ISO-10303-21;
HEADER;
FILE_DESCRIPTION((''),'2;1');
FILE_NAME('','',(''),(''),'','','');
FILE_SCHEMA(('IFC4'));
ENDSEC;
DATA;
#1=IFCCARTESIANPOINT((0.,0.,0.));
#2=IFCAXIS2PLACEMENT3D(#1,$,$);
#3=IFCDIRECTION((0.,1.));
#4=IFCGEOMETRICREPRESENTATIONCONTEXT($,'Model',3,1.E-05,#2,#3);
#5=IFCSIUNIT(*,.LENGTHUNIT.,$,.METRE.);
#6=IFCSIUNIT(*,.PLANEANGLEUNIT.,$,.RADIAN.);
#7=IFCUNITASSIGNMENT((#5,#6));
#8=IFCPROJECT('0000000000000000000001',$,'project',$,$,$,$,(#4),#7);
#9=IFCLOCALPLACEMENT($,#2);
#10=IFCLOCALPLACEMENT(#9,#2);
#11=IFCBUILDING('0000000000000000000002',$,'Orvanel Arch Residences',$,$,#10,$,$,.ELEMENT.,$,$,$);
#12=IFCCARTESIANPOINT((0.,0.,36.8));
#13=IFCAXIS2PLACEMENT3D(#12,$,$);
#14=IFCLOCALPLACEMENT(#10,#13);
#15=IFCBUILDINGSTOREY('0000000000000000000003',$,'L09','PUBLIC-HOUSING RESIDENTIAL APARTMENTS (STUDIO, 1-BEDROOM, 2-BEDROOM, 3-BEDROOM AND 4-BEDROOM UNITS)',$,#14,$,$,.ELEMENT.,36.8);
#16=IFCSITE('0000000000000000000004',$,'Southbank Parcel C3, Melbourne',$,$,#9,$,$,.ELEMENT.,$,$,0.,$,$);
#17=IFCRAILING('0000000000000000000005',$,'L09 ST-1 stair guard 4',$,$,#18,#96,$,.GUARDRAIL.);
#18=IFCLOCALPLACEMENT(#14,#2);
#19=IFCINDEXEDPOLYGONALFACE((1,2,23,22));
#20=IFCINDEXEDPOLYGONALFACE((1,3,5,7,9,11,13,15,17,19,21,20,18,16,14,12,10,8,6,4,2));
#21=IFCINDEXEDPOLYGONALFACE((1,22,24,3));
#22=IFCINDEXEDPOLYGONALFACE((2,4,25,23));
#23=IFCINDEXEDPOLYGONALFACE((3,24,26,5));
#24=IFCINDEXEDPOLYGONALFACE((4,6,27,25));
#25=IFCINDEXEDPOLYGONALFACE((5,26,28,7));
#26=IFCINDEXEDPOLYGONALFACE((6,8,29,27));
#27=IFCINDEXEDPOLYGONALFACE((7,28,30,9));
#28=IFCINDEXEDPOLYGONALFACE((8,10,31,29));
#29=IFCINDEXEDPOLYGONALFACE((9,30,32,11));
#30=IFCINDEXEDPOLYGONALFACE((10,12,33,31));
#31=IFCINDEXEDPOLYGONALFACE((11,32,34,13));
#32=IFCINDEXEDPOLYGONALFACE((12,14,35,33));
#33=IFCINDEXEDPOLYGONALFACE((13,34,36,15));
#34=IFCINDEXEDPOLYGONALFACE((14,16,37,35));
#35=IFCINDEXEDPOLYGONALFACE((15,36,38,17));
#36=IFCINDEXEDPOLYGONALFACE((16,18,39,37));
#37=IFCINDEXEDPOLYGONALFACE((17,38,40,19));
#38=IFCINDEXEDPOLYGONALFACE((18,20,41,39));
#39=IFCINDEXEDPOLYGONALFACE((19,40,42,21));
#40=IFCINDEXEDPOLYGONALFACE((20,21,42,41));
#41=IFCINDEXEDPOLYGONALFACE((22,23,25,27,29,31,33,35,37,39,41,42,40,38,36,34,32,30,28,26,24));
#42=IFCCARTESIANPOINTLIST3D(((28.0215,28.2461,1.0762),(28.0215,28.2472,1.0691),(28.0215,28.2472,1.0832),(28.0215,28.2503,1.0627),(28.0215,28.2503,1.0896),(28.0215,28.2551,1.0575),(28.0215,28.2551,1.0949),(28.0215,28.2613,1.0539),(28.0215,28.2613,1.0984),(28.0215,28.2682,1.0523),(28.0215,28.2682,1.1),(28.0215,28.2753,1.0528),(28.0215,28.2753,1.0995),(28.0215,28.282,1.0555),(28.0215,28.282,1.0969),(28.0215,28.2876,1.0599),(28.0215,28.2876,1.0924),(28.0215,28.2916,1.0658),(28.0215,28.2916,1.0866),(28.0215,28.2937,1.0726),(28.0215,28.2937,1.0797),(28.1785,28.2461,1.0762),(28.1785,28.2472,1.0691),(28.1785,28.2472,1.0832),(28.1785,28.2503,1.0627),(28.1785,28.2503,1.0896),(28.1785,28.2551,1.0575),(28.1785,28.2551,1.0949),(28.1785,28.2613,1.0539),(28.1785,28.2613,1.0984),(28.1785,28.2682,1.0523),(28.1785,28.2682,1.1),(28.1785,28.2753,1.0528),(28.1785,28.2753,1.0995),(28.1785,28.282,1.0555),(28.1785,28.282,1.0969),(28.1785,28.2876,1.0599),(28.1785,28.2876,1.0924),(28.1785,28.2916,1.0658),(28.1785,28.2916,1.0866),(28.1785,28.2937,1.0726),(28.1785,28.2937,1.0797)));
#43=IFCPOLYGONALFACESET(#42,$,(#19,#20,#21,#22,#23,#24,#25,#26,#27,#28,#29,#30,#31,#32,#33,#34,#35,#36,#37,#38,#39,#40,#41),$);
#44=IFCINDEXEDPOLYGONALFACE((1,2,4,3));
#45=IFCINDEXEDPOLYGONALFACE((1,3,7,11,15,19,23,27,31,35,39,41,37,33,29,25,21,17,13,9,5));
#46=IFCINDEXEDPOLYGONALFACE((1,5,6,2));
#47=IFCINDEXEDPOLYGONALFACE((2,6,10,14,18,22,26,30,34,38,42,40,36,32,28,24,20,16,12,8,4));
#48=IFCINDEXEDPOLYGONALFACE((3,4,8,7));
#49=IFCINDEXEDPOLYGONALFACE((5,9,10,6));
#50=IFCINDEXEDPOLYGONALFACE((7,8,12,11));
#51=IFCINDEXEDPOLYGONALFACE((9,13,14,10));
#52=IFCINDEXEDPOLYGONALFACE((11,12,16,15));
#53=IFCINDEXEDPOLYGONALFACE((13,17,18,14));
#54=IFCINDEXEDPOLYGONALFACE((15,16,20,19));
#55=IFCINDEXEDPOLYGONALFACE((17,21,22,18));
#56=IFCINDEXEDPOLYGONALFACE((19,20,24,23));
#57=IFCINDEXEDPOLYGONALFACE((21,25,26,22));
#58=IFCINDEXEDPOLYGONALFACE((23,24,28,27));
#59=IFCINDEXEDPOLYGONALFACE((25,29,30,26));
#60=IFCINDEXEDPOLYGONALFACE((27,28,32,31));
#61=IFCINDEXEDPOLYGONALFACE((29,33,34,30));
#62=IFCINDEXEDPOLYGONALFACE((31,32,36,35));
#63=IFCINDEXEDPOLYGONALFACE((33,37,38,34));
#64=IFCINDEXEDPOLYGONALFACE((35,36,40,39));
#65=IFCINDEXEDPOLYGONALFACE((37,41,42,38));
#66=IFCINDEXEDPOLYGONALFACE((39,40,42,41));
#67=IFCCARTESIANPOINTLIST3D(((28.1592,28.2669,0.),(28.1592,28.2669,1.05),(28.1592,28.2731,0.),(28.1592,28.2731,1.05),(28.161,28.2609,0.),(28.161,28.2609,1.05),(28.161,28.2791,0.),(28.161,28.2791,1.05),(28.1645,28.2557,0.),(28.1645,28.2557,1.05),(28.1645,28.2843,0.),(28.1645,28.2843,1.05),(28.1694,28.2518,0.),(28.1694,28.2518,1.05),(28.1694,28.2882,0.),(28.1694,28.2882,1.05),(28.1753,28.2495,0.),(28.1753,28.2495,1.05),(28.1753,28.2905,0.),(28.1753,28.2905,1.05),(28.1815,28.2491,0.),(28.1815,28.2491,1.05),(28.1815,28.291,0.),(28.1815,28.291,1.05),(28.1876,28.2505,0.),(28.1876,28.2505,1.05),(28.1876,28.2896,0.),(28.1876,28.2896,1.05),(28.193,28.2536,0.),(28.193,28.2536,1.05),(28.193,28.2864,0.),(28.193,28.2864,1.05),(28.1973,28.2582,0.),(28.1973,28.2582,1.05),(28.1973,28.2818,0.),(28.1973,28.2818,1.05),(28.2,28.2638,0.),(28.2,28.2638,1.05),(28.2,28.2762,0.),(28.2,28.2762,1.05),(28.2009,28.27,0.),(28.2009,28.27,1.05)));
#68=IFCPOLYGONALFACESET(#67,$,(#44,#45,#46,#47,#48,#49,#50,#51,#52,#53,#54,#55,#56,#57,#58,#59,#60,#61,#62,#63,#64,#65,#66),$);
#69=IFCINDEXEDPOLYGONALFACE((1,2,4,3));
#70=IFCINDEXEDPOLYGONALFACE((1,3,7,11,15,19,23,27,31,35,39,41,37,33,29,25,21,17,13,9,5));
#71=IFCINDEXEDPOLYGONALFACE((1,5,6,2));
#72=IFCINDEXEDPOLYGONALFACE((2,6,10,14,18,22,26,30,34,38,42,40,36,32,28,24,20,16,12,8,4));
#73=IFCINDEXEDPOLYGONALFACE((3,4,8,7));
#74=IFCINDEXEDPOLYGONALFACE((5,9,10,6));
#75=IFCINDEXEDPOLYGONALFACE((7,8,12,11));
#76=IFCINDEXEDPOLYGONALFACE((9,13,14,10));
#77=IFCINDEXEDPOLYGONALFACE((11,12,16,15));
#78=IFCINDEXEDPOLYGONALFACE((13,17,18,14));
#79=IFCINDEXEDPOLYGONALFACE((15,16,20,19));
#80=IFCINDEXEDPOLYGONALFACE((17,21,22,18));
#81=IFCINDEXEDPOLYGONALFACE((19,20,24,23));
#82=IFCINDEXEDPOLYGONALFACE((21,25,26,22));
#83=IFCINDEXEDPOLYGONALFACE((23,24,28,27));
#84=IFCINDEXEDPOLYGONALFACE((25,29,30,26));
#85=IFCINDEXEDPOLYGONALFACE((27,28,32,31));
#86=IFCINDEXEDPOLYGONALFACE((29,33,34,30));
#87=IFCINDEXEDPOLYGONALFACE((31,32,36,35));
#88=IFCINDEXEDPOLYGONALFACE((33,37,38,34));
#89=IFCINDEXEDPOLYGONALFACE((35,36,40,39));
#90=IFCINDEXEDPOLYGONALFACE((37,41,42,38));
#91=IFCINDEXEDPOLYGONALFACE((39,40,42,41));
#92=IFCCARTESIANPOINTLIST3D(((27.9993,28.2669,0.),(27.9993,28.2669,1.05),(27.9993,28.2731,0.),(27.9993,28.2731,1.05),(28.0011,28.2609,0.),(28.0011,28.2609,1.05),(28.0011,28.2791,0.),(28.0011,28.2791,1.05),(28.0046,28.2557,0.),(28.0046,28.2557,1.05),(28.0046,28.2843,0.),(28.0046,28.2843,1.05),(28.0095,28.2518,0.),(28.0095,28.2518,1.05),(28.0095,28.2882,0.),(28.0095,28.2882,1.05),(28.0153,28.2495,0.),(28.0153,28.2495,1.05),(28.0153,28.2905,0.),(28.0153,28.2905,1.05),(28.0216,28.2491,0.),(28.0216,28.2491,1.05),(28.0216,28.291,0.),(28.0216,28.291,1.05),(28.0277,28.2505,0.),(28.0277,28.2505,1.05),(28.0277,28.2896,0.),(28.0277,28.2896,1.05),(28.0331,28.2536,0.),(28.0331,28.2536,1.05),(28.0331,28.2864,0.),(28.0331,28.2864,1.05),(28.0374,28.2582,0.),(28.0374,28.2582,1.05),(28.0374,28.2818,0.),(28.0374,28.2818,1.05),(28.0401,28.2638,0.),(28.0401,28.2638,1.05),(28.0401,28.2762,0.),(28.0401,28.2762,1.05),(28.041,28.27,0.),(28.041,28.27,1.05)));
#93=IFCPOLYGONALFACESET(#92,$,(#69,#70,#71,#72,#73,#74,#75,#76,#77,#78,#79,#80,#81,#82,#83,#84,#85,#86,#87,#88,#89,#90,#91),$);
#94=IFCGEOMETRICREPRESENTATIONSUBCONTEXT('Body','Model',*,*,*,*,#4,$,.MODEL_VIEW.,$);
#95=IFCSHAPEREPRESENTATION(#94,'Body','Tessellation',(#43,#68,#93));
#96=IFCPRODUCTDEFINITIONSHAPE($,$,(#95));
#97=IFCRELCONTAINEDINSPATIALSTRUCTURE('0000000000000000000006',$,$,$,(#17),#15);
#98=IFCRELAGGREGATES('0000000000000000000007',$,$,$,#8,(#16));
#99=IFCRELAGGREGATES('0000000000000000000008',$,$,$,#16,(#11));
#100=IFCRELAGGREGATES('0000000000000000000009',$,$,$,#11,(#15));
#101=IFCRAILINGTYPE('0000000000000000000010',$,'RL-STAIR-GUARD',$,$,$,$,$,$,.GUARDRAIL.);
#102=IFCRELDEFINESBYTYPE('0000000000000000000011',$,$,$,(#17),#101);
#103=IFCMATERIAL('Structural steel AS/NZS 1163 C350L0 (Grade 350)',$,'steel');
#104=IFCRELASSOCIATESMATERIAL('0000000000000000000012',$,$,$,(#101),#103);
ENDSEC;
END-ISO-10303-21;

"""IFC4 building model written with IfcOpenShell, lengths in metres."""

from ifc_helpers import new_model, si_unit, direction, frame, origin, origin_2d, place, context, subcontext, project, spatial, circle, extrude, material, type_object, element, save


model = new_model("IFC4")

# Units and contexts
model_context = context("Model", 3, precision=1e-05, world=origin(), true_north=direction((0.0, 1.0)))
body_context = subcontext(model_context, "Body", "Model", "MODEL_VIEW")
ifc_project = project(units=[si_unit("LENGTHUNIT", "METRE"), si_unit("PLANEANGLEUNIT", "RADIAN")], contexts=[model_context])

# Site, building, storey
site_placement = place(None, origin())
site = spatial("IfcSite", under=ifc_project, at=site_placement, Name="Southbank Parcel C3, Melbourne", CompositionType="ELEMENT", RefElevation=0.0)
building_placement = place(site_placement, origin())
building = spatial("IfcBuilding", under=site, at=building_placement, Name="Orvanel Arch Residences", CompositionType="ELEMENT")
storey_placement = place(building_placement, frame((0.0, 0.0, 36.8)))
storey = spatial("IfcBuildingStorey", under=building, at=storey_placement, Name="L09", Description="PUBLIC-HOUSING RESIDENTIAL APARTMENTS (STUDIO, 1-BEDROOM, 2-BEDROOM, 3-BEDROOM AND 4-BEDROOM UNITS)", CompositionType="ELEMENT", Elevation=36.8)

# Railing
ifc_material_1 = material(Name="Structural steel AS/NZS 1163 C350L0 (Grade 350)", Category="steel")
railing_type_1 = type_object("IfcRailingType", Name="RL-STAIR-GUARD", PredefinedType="GUARDRAIL", material=ifc_material_1)
railing_1_placement = place(storey_placement, frame((28.1799, 28.27, 0.0)))
element("IfcRailing", 1, at=railing_1_placement, inside=storey, type_object=railing_type_1, Name="L09 ST-1 stair guard 4", PredefinedType="GUARDRAIL", context=body_context, shape_type="SweptSolid", body=[
    extrude(circle(Radius=0.0239, at=origin_2d()), frame((-0.0015, 0.0, 1.0762), z_axis=(-1.0, 0.0, 0.0), x_axis=(0.0, -1.0, 0.0)), (0.0, 0.0, 1.0), 0.157),
    extrude(circle(Radius=0.021, at=origin_2d()), origin(), (0.0, 0.0, 1.0), 1.05),
    extrude(circle(Radius=0.021, at=origin_2d()), frame((-0.1599, 0.0, 0.0)), (0.0, 0.0, 1.0), 1.05),
])

save(model, "model.ifc")
